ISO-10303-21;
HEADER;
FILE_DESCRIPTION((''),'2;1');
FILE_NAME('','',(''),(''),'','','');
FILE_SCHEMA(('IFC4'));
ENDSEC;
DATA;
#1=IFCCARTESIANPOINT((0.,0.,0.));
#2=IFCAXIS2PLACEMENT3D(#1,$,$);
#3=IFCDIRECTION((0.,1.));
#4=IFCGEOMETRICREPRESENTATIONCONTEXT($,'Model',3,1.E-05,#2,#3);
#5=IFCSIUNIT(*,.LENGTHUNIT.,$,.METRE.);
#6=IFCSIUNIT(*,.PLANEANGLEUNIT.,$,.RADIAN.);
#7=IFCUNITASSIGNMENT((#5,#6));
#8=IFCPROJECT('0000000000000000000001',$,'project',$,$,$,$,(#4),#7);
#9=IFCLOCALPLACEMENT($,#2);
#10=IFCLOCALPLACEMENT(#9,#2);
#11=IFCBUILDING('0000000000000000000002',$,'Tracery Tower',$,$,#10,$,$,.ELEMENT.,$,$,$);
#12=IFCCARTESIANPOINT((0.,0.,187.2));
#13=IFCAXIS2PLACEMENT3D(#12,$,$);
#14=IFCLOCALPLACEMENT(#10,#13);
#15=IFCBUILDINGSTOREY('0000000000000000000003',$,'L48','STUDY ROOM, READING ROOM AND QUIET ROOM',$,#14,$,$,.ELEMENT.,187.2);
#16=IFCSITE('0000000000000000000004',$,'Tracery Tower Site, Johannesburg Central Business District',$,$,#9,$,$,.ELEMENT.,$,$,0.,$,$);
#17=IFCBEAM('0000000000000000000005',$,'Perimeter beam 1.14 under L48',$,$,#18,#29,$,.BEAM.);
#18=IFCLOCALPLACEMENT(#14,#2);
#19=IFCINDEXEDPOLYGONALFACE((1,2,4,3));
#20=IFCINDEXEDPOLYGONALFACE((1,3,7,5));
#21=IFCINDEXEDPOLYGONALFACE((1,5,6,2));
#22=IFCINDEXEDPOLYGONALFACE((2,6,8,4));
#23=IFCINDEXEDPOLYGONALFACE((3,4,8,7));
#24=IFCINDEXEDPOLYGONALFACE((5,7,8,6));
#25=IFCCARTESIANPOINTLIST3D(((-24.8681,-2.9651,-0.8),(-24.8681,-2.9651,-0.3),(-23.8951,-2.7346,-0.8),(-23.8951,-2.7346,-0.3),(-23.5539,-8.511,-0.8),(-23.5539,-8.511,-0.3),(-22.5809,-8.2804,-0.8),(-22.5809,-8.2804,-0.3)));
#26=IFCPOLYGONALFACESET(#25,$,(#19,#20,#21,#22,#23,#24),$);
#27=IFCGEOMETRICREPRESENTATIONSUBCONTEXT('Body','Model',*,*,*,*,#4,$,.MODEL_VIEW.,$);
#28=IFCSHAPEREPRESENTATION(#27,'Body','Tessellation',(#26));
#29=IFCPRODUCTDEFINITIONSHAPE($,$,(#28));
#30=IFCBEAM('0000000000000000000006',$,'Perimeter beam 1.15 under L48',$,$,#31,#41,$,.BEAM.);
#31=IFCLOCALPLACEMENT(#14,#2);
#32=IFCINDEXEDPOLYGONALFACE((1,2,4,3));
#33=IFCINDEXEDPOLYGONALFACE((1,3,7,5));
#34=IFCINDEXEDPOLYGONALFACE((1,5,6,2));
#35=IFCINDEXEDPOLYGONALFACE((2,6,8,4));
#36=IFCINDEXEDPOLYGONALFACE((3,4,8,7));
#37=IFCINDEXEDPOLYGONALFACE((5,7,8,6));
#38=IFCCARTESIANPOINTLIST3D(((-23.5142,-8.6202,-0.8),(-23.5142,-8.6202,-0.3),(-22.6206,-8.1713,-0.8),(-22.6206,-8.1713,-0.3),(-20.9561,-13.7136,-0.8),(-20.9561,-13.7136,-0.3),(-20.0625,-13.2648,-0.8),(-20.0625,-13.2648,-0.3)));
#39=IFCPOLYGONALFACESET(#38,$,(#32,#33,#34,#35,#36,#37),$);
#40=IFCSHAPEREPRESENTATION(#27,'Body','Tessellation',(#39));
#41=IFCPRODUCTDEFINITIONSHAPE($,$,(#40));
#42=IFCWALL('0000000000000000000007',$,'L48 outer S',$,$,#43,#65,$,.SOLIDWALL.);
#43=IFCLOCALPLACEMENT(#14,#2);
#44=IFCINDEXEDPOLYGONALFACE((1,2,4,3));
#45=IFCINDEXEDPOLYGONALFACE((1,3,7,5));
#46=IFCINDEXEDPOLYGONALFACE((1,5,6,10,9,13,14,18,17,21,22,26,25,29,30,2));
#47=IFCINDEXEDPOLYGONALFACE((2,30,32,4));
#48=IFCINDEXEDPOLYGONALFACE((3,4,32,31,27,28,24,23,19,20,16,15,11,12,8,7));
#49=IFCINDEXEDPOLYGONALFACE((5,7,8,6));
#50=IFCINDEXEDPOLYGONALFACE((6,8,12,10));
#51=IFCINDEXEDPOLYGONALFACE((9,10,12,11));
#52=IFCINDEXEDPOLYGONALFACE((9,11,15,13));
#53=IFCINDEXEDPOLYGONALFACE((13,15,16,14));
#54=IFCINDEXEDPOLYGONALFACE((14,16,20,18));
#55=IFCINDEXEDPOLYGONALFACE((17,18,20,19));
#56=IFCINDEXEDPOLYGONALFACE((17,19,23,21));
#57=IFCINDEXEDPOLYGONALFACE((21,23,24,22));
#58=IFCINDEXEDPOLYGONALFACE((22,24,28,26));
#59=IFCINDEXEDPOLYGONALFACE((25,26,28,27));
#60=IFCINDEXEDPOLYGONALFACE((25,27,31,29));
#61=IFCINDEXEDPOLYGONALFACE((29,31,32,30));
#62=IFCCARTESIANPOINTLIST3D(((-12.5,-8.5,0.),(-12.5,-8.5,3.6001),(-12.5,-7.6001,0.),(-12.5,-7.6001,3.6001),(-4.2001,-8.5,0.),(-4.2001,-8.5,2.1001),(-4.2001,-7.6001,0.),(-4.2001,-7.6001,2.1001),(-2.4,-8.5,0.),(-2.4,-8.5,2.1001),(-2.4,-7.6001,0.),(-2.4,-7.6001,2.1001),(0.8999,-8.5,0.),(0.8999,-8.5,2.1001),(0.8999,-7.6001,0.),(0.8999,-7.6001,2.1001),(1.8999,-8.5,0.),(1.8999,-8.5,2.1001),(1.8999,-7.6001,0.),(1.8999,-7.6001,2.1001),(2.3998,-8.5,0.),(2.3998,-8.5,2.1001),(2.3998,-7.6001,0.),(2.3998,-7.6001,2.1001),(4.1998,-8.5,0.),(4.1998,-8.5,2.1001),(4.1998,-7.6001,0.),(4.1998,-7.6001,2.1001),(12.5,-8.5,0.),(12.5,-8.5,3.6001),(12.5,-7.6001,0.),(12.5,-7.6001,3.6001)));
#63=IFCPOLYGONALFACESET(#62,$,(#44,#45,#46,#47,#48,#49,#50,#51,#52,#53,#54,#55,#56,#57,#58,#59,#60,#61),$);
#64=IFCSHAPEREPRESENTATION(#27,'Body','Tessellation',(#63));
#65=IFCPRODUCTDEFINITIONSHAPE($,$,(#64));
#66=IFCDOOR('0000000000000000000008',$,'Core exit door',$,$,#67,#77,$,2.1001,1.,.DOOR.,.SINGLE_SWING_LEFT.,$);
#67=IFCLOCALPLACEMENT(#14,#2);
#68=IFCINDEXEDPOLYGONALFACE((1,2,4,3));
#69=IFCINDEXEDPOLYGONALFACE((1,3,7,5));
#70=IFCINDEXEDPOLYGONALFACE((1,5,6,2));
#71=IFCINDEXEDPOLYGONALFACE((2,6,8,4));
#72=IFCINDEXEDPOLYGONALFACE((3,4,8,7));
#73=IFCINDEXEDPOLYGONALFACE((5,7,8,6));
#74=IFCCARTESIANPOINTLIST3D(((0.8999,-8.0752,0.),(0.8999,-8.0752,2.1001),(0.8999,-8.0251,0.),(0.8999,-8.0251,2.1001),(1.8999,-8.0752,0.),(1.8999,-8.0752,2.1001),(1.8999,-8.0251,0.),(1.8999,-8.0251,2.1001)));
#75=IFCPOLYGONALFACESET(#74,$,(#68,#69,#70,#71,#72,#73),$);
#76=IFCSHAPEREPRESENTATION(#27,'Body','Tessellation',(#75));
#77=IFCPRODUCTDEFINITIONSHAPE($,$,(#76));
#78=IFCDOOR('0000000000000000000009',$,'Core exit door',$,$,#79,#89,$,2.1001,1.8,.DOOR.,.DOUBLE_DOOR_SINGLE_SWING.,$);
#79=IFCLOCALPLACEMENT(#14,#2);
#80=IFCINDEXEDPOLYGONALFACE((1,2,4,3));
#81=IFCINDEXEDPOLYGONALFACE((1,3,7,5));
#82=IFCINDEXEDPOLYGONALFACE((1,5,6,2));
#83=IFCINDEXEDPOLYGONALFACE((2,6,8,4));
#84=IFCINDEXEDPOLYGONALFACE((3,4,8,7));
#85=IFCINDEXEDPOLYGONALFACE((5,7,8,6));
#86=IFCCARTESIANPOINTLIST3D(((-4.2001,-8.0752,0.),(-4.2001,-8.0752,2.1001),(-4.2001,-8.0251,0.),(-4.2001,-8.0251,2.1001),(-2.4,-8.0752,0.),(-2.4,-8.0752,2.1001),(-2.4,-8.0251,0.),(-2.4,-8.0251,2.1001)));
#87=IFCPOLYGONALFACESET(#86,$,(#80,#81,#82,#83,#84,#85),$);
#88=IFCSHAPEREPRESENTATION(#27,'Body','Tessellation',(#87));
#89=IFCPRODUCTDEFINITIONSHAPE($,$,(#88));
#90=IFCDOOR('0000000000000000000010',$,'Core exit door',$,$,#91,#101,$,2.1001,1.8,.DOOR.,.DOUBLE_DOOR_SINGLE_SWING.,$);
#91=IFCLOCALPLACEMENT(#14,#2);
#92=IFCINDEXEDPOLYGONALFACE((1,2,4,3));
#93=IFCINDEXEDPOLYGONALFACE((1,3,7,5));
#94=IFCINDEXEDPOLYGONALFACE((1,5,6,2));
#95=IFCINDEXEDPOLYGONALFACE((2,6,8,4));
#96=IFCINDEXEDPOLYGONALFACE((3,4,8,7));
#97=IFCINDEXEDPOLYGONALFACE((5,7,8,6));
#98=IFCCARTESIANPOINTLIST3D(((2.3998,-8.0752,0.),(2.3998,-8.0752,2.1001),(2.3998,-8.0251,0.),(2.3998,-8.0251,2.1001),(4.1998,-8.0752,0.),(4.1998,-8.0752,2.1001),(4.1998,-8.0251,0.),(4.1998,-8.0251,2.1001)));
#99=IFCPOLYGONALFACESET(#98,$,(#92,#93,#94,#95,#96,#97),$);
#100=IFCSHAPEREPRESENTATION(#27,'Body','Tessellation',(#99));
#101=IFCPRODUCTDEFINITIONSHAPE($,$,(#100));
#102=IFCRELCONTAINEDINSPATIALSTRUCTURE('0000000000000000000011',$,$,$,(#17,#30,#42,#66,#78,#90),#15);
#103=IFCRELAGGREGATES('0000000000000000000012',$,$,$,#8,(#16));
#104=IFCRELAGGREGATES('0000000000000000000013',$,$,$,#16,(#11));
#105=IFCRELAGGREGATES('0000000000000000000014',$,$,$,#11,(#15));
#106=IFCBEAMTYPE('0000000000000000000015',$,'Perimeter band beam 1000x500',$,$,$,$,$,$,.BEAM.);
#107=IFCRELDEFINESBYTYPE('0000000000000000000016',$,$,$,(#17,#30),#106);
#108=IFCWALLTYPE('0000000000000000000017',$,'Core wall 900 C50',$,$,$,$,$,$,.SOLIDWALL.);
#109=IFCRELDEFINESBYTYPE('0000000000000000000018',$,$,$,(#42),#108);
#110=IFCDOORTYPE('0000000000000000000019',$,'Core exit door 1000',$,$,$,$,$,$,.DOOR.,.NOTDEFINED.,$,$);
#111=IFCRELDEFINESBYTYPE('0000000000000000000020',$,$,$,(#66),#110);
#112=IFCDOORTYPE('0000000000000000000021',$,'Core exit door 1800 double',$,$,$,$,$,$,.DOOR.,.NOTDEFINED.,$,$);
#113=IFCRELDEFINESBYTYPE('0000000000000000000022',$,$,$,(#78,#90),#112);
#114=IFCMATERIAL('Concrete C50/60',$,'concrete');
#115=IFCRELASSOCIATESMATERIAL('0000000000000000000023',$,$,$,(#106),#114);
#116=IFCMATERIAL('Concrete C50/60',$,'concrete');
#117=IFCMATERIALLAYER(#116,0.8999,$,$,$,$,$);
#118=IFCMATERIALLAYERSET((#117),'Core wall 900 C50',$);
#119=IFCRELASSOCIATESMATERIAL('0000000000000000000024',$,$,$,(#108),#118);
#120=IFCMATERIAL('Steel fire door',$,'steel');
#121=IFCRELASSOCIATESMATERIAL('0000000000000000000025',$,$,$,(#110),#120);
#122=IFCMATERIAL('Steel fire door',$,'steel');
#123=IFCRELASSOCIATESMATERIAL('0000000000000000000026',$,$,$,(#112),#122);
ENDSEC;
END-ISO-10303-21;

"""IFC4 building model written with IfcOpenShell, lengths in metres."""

from ifc_helpers import new_model, si_unit, direction, frame, frame_2d, origin, origin_2d, place, context, subcontext, project, spatial, rectangle, extrude, material, layer, layer_set, material_profile, profile_set, type_object, element, fill, save


model = new_model("IFC4")

# Units and contexts
model_context = context("Model", 3, precision=1e-05, world=origin(), true_north=direction((0.0, 1.0)))
body_context = subcontext(model_context, "Body", "Model", "MODEL_VIEW")
ifc_project = project(units=[si_unit("LENGTHUNIT", "METRE"), si_unit("PLANEANGLEUNIT", "RADIAN")], contexts=[model_context])

# Site, building, storey
site_placement = place(None, origin())
site = spatial("IfcSite", under=ifc_project, at=site_placement, Name="Tracery Tower Site, Johannesburg Central Business District", CompositionType="ELEMENT", RefElevation=0.0)
building_placement = place(site_placement, origin())
building = spatial("IfcBuilding", under=site, at=building_placement, Name="Tracery Tower", CompositionType="ELEMENT")
storey_placement = place(building_placement, frame((0.0, 0.0, 187.2)))
storey = spatial("IfcBuildingStorey", under=building, at=storey_placement, Name="L48", Description="STUDY ROOM, READING ROOM AND QUIET ROOM", CompositionType="ELEMENT", Elevation=187.2)

# Beams
ifc_material_1 = material(Name="Concrete C50/60", Category="concrete")
ifc_material_profile_1 = material_profile(ifc_material_1, rectangle(XDim=1.0, YDim=0.5, at=origin_2d()), Name="RC 1000x500")
ifc_profile_set_1 = profile_set([ifc_material_profile_1], Name="Concrete C50/60")
beam_type = type_object("IfcBeamType", Name="Perimeter band beam 1000x500", PredefinedType="BEAM", material=ifc_profile_set_1)
beam_1_placement = place(storey_placement, frame((-24.3816, -2.8499, -0.55), z_axis=(0.230584, -0.973052, 0.0), x_axis=(0.973052, 0.230584, 0.0)))
element("IfcBeam", 1, at=beam_1_placement, inside=storey, type_object=beam_type, Name="Perimeter beam 1.14 under L48", PredefinedType="BEAM", context=body_context, shape_type="SweptSolid", body=[
    extrude(rectangle(XDim=1.0, YDim=0.5, at=origin_2d()), origin(), (0.0, 0.0, 1.0), 5.6995),
])
beam_2_placement = place(storey_placement, frame((-23.0674, -8.3958, -0.55), z_axis=(0.448806, -0.893629, 0.0), x_axis=(0.893629, 0.448806, 0.0)))
element("IfcBeam", 2, at=beam_2_placement, inside=storey, type_object=beam_type, Name="Perimeter beam 1.15 under L48", PredefinedType="BEAM", context=body_context, shape_type="SweptSolid", body=[
    extrude(rectangle(XDim=1.0, YDim=0.5, at=origin_2d()), origin(), (0.0, 0.0, 1.0), 5.6997),
])

# Wall, openings, doors
ifc_material_2 = material(Name="Concrete C50/60", Category="concrete")
ifc_layer_1 = layer(ifc_material_2, 0.8999)
ifc_layer_set_1 = layer_set([ifc_layer_1], Name="Core wall 900 C50")
wall_type_1 = type_object("IfcWallType", Name="Core wall 900 C50", PredefinedType="SOLIDWALL", material=ifc_layer_set_1)
wall_1_placement = place(storey_placement, frame((-12.5, -8.05, 0.0), z_axis=(0.0, 0.0, 1.0), x_axis=(1.0, 0.0, 0.0)))
wall_1 = element("IfcWall", 3, at=wall_1_placement, inside=storey, type_object=wall_type_1, Name="L48 outer S", PredefinedType="SOLIDWALL", context=body_context, shape_type="SweptSolid", body=[
    extrude(rectangle(XDim=25.0, YDim=0.8999, at=frame_2d((12.5, 0.0))), origin(), (0.0, 0.0, 1.0), 3.6001),
])
opening_1_placement = place(wall_1_placement, frame((13.3999, 0.0, 0.0)))
opening_1 = element("IfcOpeningElement", 4, at=opening_1_placement, cuts=wall_1, PredefinedType="OPENING", context=body_context, shape_type="SweptSolid", body=[
    extrude(rectangle(XDim=1.0, YDim=2.1001, at=frame_2d((0.5, 1.05))), frame((0.0, 0.45, 0.0), z_axis=(0.0, -1.0, 0.0), x_axis=(1.0, 0.0, 0.0)), (0.0, 0.0, 1.0), 0.8999),
])
opening_2_placement = place(wall_1_placement, frame((8.3, 0.0, 0.0)))
opening_2 = element("IfcOpeningElement", 5, at=opening_2_placement, cuts=wall_1, PredefinedType="OPENING", context=body_context, shape_type="SweptSolid", body=[
    extrude(rectangle(XDim=1.8, YDim=2.1001, at=frame_2d((0.8999, 1.05))), frame((0.0, 0.45, 0.0), z_axis=(0.0, -1.0, 0.0), x_axis=(1.0, 0.0, 0.0)), (0.0, 0.0, 1.0), 0.8999),
])
opening_3_placement = place(wall_1_placement, frame((14.8999, 0.0, 0.0)))
opening_3 = element("IfcOpeningElement", 6, at=opening_3_placement, cuts=wall_1, PredefinedType="OPENING", context=body_context, shape_type="SweptSolid", body=[
    extrude(rectangle(XDim=1.8, YDim=2.1001, at=frame_2d((0.8999, 1.05))), frame((0.0, 0.45, 0.0), z_axis=(0.0, -1.0, 0.0), x_axis=(1.0, 0.0, 0.0)), (0.0, 0.0, 1.0), 0.8999),
])
ifc_material_3 = material(Name="Steel fire door", Category="steel")
door_type_1 = type_object("IfcDoorType", Name="Core exit door 1000", OperationType="NOTDEFINED", PredefinedType="DOOR", material=ifc_material_3)
door_1_placement = place(opening_1_placement, origin())
door_1 = element("IfcDoor", 7, at=door_1_placement, inside=storey, type_object=door_type_1, Name="Core exit door", OperationType="SINGLE_SWING_LEFT", OverallHeight=2.1001, OverallWidth=1.0, PredefinedType="DOOR", context=body_context, shape_type="SweptSolid", body=[
    extrude(rectangle(XDim=1.0, YDim=2.1001, at=frame_2d((0.5, 1.05))), frame((0.0, 0.0249, 0.0), z_axis=(0.0, -1.0, 0.0), x_axis=(1.0, 0.0, 0.0)), (0.0, 0.0, 1.0), 0.05),
])
fill(opening_1, door_1)
ifc_material_4 = material(Name="Steel fire door", Category="steel")
door_type_2 = type_object("IfcDoorType", Name="Core exit door 1800 double", OperationType="NOTDEFINED", PredefinedType="DOOR", material=ifc_material_4)
door_2_placement = place(opening_2_placement, origin())
door_2 = element("IfcDoor", 8, at=door_2_placement, inside=storey, type_object=door_type_2, Name="Core exit door", OperationType="DOUBLE_DOOR_SINGLE_SWING", OverallHeight=2.1001, OverallWidth=1.8, PredefinedType="DOOR", context=body_context, shape_type="SweptSolid", body=[
    extrude(rectangle(XDim=1.8, YDim=2.1001, at=frame_2d((0.8999, 1.05))), frame((0.0, 0.0249, 0.0), z_axis=(0.0, -1.0, 0.0), x_axis=(1.0, 0.0, 0.0)), (0.0, 0.0, 1.0), 0.05),
])
fill(opening_2, door_2)
door_3_placement = place(opening_3_placement, origin())
door_3 = element("IfcDoor", 9, at=door_3_placement, inside=storey, type_object=door_type_2, Name="Core exit door", OperationType="DOUBLE_DOOR_SINGLE_SWING", OverallHeight=2.1001, OverallWidth=1.8, PredefinedType="DOOR", context=body_context, shape_type="SweptSolid", body=[
    extrude(rectangle(XDim=1.8, YDim=2.1001, at=frame_2d((0.8999, 1.05))), frame((0.0, 0.0249, 0.0), z_axis=(0.0, -1.0, 0.0), x_axis=(1.0, 0.0, 0.0)), (0.0, 0.0, 1.0), 0.05),
])
fill(opening_3, door_3)

save(model, "model.ifc")
